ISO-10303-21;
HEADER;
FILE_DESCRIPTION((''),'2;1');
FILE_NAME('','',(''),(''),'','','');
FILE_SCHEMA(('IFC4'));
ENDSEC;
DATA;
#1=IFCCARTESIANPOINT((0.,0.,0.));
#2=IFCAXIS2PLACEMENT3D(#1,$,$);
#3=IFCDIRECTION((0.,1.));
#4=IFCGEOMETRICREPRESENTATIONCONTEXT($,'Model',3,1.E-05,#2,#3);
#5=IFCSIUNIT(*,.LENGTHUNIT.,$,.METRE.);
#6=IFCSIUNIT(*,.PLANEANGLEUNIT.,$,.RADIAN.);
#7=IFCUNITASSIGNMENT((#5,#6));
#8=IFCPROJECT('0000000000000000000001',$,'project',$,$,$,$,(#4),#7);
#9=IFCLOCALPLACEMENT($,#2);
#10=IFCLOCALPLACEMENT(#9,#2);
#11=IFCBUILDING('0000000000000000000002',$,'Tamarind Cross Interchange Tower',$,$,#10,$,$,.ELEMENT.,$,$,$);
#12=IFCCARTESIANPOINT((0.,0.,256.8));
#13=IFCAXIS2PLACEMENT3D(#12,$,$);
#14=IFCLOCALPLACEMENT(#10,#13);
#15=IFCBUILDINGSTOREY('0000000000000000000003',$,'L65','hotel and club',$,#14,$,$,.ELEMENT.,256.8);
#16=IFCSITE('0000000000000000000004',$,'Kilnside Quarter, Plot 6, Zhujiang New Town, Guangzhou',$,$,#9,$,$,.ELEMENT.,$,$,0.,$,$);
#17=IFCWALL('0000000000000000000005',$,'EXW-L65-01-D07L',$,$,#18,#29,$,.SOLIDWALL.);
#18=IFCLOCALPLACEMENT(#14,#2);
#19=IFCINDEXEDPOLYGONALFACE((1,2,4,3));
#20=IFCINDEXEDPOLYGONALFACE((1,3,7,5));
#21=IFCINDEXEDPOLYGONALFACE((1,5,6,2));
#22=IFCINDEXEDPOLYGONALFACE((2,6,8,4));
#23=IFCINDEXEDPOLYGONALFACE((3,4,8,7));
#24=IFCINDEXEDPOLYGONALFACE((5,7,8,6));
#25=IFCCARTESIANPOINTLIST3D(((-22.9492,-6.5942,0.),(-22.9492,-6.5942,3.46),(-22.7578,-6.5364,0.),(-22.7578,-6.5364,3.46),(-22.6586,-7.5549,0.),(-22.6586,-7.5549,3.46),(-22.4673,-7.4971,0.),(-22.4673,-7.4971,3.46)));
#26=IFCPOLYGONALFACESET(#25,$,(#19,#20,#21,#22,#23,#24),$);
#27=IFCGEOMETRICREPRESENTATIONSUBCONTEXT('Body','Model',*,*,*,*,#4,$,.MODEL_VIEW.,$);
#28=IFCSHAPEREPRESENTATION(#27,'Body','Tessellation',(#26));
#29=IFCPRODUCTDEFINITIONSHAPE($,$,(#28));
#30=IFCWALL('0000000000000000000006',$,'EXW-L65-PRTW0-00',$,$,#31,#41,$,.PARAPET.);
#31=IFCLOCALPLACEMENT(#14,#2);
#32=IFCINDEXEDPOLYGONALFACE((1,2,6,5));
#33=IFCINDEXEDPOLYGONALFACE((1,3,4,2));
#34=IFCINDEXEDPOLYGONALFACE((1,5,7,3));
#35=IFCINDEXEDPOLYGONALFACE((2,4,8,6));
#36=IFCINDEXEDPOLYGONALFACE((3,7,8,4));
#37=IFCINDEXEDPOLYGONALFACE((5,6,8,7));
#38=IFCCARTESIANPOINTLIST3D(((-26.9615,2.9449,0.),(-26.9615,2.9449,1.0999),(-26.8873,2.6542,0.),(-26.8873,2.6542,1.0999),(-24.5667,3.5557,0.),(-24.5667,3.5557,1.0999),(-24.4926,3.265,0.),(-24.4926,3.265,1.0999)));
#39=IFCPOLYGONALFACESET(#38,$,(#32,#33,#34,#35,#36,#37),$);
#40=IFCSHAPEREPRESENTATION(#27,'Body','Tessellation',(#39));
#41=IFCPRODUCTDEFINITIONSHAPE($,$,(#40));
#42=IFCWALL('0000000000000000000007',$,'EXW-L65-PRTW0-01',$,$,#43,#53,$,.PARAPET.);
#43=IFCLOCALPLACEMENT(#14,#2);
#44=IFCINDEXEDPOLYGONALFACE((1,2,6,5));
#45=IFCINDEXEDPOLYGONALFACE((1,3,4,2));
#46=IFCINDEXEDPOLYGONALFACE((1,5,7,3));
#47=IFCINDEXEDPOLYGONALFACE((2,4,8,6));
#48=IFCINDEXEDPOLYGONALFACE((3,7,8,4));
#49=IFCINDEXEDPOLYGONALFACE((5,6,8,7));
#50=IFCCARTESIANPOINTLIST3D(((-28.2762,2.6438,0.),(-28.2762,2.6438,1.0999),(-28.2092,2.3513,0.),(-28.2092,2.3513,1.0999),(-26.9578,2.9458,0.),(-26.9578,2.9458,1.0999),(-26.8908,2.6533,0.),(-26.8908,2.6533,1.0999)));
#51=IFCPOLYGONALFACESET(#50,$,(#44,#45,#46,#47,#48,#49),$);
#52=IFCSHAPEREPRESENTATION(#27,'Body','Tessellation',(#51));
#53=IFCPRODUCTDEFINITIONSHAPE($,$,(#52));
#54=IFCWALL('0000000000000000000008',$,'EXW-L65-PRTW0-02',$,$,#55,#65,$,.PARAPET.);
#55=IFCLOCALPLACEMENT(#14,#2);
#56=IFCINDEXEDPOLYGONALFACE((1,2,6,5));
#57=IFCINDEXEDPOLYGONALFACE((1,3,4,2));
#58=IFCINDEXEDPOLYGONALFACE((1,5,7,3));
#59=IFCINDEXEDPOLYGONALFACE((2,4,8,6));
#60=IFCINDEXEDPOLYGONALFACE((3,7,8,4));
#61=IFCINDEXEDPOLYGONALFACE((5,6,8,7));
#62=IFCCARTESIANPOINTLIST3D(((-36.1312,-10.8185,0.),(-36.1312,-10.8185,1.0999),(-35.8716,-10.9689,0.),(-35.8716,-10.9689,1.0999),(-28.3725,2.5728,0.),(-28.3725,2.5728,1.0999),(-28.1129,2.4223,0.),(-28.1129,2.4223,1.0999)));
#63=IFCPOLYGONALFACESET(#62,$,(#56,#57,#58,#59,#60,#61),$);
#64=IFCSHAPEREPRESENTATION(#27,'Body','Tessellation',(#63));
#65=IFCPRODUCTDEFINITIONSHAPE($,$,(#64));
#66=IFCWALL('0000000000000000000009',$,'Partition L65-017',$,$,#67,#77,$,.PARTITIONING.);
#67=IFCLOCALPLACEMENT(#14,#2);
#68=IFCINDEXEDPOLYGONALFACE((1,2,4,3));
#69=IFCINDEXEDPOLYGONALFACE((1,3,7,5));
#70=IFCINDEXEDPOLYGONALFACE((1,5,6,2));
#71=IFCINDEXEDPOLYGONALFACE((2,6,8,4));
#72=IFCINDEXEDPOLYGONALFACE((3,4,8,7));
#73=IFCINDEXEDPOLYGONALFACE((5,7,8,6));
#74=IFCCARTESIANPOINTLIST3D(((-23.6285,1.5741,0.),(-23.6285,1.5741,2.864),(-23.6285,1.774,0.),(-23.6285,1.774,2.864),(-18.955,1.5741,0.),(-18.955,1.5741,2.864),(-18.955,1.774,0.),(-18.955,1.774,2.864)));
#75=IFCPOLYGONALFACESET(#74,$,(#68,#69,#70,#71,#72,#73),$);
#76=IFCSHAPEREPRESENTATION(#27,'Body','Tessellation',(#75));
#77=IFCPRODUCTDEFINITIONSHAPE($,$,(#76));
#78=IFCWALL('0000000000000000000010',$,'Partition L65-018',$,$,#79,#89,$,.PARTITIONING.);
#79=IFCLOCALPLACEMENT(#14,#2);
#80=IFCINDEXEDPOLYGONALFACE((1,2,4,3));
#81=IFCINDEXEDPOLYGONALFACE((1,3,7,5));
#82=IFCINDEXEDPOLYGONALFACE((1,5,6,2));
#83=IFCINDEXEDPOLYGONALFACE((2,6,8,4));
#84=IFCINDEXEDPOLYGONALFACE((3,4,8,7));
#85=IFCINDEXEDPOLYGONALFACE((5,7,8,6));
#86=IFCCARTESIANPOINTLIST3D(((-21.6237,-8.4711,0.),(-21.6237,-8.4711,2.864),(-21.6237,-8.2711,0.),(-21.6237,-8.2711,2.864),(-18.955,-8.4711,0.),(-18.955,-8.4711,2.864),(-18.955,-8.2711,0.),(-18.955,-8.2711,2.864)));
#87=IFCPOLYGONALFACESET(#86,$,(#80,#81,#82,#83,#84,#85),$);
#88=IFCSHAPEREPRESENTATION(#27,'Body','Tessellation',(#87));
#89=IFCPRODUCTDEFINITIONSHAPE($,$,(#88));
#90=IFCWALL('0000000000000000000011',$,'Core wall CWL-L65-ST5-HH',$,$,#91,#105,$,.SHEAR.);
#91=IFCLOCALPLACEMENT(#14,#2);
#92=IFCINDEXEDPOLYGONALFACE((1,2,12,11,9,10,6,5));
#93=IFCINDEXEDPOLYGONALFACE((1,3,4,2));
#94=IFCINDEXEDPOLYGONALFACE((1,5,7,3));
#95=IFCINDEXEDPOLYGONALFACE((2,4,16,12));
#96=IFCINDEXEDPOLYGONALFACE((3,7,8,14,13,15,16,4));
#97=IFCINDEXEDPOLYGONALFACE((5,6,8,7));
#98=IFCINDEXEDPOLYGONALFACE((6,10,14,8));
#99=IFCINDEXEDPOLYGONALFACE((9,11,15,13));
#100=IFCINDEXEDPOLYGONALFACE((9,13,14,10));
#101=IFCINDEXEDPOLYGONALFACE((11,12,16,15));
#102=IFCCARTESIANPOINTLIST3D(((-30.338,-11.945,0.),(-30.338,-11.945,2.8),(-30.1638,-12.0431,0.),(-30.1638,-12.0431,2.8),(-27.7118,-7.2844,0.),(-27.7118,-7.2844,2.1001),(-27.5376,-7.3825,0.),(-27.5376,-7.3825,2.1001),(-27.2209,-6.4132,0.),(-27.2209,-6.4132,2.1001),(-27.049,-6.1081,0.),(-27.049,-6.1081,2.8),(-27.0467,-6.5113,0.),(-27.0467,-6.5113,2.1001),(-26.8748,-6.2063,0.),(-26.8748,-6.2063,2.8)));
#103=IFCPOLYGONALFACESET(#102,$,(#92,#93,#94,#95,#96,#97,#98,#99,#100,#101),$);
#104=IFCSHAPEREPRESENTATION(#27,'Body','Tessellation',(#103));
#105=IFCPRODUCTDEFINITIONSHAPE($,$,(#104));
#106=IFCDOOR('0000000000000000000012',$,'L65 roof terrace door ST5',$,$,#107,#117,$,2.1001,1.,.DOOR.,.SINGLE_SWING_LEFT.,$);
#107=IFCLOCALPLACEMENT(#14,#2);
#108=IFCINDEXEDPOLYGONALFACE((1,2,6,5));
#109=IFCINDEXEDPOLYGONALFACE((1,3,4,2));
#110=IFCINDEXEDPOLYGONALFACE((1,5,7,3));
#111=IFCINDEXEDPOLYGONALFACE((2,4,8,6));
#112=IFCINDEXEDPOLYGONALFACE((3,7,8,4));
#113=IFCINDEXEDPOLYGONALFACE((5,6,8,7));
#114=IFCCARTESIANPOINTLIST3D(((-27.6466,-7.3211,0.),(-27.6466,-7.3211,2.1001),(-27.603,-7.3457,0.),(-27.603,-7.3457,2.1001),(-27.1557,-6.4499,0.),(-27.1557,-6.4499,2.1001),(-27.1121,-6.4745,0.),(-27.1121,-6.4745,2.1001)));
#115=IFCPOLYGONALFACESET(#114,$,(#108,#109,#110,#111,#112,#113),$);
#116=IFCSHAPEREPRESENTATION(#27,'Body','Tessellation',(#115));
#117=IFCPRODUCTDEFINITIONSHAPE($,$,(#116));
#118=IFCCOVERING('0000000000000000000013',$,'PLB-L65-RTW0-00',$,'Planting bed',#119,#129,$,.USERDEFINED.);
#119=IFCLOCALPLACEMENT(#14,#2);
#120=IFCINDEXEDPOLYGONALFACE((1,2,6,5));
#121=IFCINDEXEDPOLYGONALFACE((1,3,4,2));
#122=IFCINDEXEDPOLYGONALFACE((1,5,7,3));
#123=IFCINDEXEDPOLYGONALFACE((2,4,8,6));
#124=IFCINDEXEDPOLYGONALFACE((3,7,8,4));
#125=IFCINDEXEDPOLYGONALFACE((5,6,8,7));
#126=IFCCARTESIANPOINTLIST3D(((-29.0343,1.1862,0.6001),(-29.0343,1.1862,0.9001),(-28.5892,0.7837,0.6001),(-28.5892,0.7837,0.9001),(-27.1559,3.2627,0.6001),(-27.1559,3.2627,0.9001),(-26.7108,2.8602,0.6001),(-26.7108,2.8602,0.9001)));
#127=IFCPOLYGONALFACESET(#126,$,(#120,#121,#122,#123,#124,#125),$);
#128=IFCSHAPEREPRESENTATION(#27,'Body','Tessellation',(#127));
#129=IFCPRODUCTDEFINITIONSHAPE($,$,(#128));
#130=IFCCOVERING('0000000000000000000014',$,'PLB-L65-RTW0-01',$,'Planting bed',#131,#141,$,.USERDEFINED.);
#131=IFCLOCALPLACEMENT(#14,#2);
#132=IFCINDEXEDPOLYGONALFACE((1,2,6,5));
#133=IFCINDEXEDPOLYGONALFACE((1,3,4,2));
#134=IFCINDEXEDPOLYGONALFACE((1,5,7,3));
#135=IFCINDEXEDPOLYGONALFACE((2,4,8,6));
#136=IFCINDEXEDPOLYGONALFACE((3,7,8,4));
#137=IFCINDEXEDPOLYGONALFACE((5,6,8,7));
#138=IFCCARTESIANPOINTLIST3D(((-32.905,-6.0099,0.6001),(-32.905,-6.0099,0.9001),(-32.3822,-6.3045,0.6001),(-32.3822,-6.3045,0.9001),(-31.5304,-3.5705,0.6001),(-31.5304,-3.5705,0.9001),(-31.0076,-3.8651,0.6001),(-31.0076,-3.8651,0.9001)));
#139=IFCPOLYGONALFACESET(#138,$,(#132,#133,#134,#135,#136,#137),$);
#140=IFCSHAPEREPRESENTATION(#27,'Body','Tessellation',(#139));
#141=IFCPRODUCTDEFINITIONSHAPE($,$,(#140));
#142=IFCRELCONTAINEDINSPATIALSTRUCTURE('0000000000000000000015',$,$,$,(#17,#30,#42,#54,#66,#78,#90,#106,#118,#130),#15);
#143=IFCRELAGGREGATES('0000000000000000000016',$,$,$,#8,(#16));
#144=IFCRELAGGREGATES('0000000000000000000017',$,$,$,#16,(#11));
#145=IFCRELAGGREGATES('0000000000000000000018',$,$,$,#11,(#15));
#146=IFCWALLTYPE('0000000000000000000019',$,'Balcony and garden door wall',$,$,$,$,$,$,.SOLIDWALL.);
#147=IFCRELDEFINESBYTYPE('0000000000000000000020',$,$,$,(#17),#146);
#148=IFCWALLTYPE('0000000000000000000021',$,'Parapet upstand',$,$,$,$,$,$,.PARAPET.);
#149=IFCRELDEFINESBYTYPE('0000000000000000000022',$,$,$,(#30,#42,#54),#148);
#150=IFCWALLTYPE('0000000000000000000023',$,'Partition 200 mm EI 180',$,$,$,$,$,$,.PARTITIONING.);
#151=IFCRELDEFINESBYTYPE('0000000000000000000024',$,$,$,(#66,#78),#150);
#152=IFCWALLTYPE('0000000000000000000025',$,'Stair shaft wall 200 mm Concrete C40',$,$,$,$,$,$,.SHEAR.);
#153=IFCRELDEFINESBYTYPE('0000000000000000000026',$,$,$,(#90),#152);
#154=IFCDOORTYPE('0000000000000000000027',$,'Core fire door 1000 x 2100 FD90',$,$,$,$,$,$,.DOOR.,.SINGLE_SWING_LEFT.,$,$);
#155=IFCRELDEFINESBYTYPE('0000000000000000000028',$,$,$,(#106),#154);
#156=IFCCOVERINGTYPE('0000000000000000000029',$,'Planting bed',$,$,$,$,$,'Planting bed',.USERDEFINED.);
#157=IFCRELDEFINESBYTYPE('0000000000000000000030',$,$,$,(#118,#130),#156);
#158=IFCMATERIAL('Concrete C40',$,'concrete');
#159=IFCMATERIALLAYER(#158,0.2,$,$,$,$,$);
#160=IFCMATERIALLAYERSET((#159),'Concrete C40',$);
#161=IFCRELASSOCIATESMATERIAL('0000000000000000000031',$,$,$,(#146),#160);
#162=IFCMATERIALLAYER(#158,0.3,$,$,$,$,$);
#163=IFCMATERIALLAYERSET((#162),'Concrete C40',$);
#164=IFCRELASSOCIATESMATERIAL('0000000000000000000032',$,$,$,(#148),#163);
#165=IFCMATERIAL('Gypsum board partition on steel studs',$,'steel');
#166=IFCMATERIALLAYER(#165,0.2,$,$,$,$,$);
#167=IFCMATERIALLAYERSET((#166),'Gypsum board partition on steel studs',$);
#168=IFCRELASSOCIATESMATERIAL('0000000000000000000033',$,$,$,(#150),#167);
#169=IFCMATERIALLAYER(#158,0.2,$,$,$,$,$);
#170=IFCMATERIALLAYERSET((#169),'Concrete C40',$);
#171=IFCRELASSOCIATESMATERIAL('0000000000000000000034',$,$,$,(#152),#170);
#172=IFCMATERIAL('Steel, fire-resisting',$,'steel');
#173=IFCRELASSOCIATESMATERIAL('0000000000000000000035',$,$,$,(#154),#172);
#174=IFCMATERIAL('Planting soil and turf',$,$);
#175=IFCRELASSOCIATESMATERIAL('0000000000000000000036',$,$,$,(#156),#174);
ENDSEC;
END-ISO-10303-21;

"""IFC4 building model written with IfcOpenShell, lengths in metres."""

from ifc_helpers import new_model, si_unit, direction, frame, frame_2d, origin, origin_2d, place, context, subcontext, project, spatial, rectangle, extrude, material, layer, layer_set, type_object, element, fill, save


model = new_model("IFC4")

# Units and contexts
model_context = context("Model", 3, precision=1e-05, world=origin(), true_north=direction((0.0, 1.0)))
body_context = subcontext(model_context, "Body", "Model", "MODEL_VIEW")
ifc_project = project(units=[si_unit("LENGTHUNIT", "METRE"), si_unit("PLANEANGLEUNIT", "RADIAN")], contexts=[model_context])

# Site, building, storey
site_placement = place(None, origin())
site = spatial("IfcSite", under=ifc_project, at=site_placement, Name="Kilnside Quarter, Plot 6, Zhujiang New Town, Guangzhou", CompositionType="ELEMENT", RefElevation=0.0)
building_placement = place(site_placement, origin())
building = spatial("IfcBuilding", under=site, at=building_placement, Name="Tamarind Cross Interchange Tower", CompositionType="ELEMENT")
storey_placement = place(building_placement, frame((0.0, 0.0, 256.8)))
storey = spatial("IfcBuildingStorey", under=building, at=storey_placement, Name="L65", Description="hotel and club", CompositionType="ELEMENT", Elevation=256.8)

# Wall
ifc_material_1 = material(Name="Concrete C40", Category="concrete")
ifc_layer_1 = layer(ifc_material_1, 0.2)
ifc_layer_set_1 = layer_set([ifc_layer_1], Name="Concrete C40")
wall_type_1 = type_object("IfcWallType", Name="Balcony and garden door wall", PredefinedType="SOLIDWALL", material=ifc_layer_set_1)
wall_1_placement = place(storey_placement, frame((-22.8535, -6.5652, 0.0), z_axis=(0.0, 0.0, 1.0), x_axis=(0.289467, -0.957188, 0.0)))
element("IfcWall", 1, at=wall_1_placement, inside=storey, type_object=wall_type_1, Name="EXW-L65-01-D07L", PredefinedType="SOLIDWALL", context=body_context, shape_type="SweptSolid", body=[
    extrude(rectangle(XDim=1.0037, YDim=0.2, at=frame_2d((0.502, 0.0))), origin(), (0.0, 0.0, 1.0), 3.46),
])

# Walls
ifc_layer_2 = layer(ifc_material_1, 0.3)
ifc_layer_set_2 = layer_set([ifc_layer_2], Name="Concrete C40")
wall_type_2 = type_object("IfcWallType", Name="Parapet upstand", PredefinedType="PARAPET", material=ifc_layer_set_2)
wall_2_placement = place(storey_placement, frame((-24.5295, 3.4104, 0.0), z_axis=(0.0, 0.0, 1.0), x_axis=(-0.968975, -0.247158, 0.0)))
element("IfcWall", 2, at=wall_2_placement, inside=storey, type_object=wall_type_2, Name="EXW-L65-PRTW0-00", PredefinedType="PARAPET", context=body_context, shape_type="SweptSolid", body=[
    extrude(rectangle(XDim=2.4714, YDim=0.3, at=frame_2d((1.2358, 0.0))), origin(), (0.0, 0.0, 1.0), 1.0999),
])
wall_3_placement = place(storey_placement, frame((-26.9243, 2.7996, 0.0), z_axis=(0.0, 0.0, 1.0), x_axis=(-0.974752, -0.22329, 0.0)))
element("IfcWall", 3, at=wall_3_placement, inside=storey, type_object=wall_type_2, Name="EXW-L65-PRTW0-01", PredefinedType="PARAPET", context=body_context, shape_type="SweptSolid", body=[
    extrude(rectangle(XDim=1.3525, YDim=0.3, at=frame_2d((0.6763, 0.0))), origin(), (0.0, 0.0, 1.0), 1.0999),
])
wall_4_placement = place(storey_placement, frame((-28.2427, 2.4976, 0.0), z_axis=(0.0, 0.0, 1.0), x_axis=(-0.501322, -0.865261, 0.0)))
element("IfcWall", 4, at=wall_4_placement, inside=storey, type_object=wall_type_2, Name="EXW-L65-PRTW0-02", PredefinedType="PARAPET", context=body_context, shape_type="SweptSolid", body=[
    extrude(rectangle(XDim=15.4766, YDim=0.3, at=frame_2d((7.7383, 0.0))), origin(), (0.0, 0.0, 1.0), 1.0999),
])
ifc_material_2 = material(Name="Gypsum board partition on steel studs", Category="steel")
ifc_layer_3 = layer(ifc_material_2, 0.2)
ifc_layer_set_3 = layer_set([ifc_layer_3], Name="Gypsum board partition on steel studs")
wall_type_3 = type_object("IfcWallType", Name="Partition 200 mm EI 180", PredefinedType="PARTITIONING", material=ifc_layer_set_3)
wall_5_placement = place(storey_placement, frame((-23.6287, 1.6741, 0.0), z_axis=(0.0, 0.0, 1.0), x_axis=(1.0, 0.0, 0.0)))
element("IfcWall", 5, at=wall_5_placement, inside=storey, type_object=wall_type_3, Name="Partition L65-017", PredefinedType="PARTITIONING", context=body_context, shape_type="SweptSolid", body=[
    extrude(rectangle(XDim=4.6736, YDim=0.2, at=frame_2d((2.3369, 0.0))), origin(), (0.0, 0.0, 1.0), 2.864),
])
wall_6_placement = place(storey_placement, frame((-21.6238, -8.3711, 0.0), z_axis=(0.0, 0.0, 1.0), x_axis=(1.0, 0.0, 0.0)))
element("IfcWall", 6, at=wall_6_placement, inside=storey, type_object=wall_type_3, Name="Partition L65-018", PredefinedType="PARTITIONING", context=body_context, shape_type="SweptSolid", body=[
    extrude(rectangle(XDim=2.6687, YDim=0.2, at=frame_2d((1.3345, 0.0))), origin(), (0.0, 0.0, 1.0), 2.864),
])

# Wall, opening, door
ifc_layer_4 = layer(ifc_material_1, 0.2)
ifc_layer_set_4 = layer_set([ifc_layer_4], Name="Concrete C40")
wall_type_4 = type_object("IfcWallType", Name="Stair shaft wall 200 mm Concrete C40", PredefinedType="SHEAR", material=ifc_layer_set_4)
wall_7_placement = place(storey_placement, frame((-26.9619, -6.1572, 0.0), z_axis=(0.0, 0.0, 1.0), x_axis=(-0.490919, -0.871205, 0.0)))
wall_7 = element("IfcWall", 7, at=wall_7_placement, inside=storey, type_object=wall_type_4, Name="Core wall CWL-L65-ST5-HH", PredefinedType="SHEAR", context=body_context, shape_type="SweptSolid", body=[
    extrude(rectangle(XDim=6.6997, YDim=0.2, at=frame_2d((3.3499, 0.0))), origin(), (0.0, 0.0, 1.0), 2.8),
])
opening_1_placement = place(wall_7_placement, frame((0.3501, 0.0, 0.0)))
opening_1 = element("IfcOpeningElement", 8, at=opening_1_placement, cuts=wall_7, PredefinedType="OPENING", context=body_context, shape_type="SweptSolid", body=[
    extrude(rectangle(XDim=1.0, YDim=2.1001, at=frame_2d((0.5, 1.05))), frame((0.0, 0.1099, 0.0), z_axis=(0.0, -1.0, 0.0), x_axis=(1.0, 0.0, 0.0)), (0.0, 0.0, 1.0), 0.22),
])
ifc_material_3 = material(Name="Steel, fire-resisting", Category="steel")
door_type_1 = type_object("IfcDoorType", Name="Core fire door 1000 x 2100 FD90", OperationType="SINGLE_SWING_LEFT", PredefinedType="DOOR", material=ifc_material_3)
door_1_placement = place(opening_1_placement, origin())
door_1 = element("IfcDoor", 9, at=door_1_placement, inside=storey, type_object=door_type_1, Name="L65 roof terrace door ST5", OperationType="SINGLE_SWING_LEFT", OverallHeight=2.1001, OverallWidth=1.0, PredefinedType="DOOR", context=body_context, shape_type="SweptSolid", body=[
    extrude(rectangle(XDim=1.0, YDim=2.1001, at=frame_2d((0.5, 1.05))), frame((0.0, 0.0249, 0.0), z_axis=(0.0, -1.0, 0.0), x_axis=(1.0, 0.0, 0.0)), (0.0, 0.0, 1.0), 0.05),
])
fill(opening_1, door_1)

# Coverings
ifc_material_4 = material(Name="Planting soil and turf")
covering_type = type_object("IfcCoveringType", Name="Planting bed", ElementType="Planting bed", PredefinedType="USERDEFINED", material=ifc_material_4)
for number, where, z_axis, x_axis, name in (
    (10, (-27.8726, 2.0232, 0.6001), (0.0, 0.0, 1.0), (-0.670843, -0.741599, 0.0), "PLB-L65-RTW0-00"),
    (11, (-31.9563, -4.9375, 0.6001), (0.0, 0.0, 1.0), (-0.490928, -0.8712, 0.0), "PLB-L65-RTW0-01"),
):
    element("IfcCovering", number, at=place(storey_placement, frame(where, z_axis=z_axis, x_axis=x_axis)), inside=storey, type_object=covering_type, Name=name, ObjectType="Planting bed", PredefinedType="USERDEFINED", context=body_context, shape_type="SweptSolid", body=[
        extrude(rectangle(XDim=2.8, YDim=0.6001, at=origin_2d()), origin(), (0.0, 0.0, 1.0), 0.3),
    ])

save(model, "model.ifc")
